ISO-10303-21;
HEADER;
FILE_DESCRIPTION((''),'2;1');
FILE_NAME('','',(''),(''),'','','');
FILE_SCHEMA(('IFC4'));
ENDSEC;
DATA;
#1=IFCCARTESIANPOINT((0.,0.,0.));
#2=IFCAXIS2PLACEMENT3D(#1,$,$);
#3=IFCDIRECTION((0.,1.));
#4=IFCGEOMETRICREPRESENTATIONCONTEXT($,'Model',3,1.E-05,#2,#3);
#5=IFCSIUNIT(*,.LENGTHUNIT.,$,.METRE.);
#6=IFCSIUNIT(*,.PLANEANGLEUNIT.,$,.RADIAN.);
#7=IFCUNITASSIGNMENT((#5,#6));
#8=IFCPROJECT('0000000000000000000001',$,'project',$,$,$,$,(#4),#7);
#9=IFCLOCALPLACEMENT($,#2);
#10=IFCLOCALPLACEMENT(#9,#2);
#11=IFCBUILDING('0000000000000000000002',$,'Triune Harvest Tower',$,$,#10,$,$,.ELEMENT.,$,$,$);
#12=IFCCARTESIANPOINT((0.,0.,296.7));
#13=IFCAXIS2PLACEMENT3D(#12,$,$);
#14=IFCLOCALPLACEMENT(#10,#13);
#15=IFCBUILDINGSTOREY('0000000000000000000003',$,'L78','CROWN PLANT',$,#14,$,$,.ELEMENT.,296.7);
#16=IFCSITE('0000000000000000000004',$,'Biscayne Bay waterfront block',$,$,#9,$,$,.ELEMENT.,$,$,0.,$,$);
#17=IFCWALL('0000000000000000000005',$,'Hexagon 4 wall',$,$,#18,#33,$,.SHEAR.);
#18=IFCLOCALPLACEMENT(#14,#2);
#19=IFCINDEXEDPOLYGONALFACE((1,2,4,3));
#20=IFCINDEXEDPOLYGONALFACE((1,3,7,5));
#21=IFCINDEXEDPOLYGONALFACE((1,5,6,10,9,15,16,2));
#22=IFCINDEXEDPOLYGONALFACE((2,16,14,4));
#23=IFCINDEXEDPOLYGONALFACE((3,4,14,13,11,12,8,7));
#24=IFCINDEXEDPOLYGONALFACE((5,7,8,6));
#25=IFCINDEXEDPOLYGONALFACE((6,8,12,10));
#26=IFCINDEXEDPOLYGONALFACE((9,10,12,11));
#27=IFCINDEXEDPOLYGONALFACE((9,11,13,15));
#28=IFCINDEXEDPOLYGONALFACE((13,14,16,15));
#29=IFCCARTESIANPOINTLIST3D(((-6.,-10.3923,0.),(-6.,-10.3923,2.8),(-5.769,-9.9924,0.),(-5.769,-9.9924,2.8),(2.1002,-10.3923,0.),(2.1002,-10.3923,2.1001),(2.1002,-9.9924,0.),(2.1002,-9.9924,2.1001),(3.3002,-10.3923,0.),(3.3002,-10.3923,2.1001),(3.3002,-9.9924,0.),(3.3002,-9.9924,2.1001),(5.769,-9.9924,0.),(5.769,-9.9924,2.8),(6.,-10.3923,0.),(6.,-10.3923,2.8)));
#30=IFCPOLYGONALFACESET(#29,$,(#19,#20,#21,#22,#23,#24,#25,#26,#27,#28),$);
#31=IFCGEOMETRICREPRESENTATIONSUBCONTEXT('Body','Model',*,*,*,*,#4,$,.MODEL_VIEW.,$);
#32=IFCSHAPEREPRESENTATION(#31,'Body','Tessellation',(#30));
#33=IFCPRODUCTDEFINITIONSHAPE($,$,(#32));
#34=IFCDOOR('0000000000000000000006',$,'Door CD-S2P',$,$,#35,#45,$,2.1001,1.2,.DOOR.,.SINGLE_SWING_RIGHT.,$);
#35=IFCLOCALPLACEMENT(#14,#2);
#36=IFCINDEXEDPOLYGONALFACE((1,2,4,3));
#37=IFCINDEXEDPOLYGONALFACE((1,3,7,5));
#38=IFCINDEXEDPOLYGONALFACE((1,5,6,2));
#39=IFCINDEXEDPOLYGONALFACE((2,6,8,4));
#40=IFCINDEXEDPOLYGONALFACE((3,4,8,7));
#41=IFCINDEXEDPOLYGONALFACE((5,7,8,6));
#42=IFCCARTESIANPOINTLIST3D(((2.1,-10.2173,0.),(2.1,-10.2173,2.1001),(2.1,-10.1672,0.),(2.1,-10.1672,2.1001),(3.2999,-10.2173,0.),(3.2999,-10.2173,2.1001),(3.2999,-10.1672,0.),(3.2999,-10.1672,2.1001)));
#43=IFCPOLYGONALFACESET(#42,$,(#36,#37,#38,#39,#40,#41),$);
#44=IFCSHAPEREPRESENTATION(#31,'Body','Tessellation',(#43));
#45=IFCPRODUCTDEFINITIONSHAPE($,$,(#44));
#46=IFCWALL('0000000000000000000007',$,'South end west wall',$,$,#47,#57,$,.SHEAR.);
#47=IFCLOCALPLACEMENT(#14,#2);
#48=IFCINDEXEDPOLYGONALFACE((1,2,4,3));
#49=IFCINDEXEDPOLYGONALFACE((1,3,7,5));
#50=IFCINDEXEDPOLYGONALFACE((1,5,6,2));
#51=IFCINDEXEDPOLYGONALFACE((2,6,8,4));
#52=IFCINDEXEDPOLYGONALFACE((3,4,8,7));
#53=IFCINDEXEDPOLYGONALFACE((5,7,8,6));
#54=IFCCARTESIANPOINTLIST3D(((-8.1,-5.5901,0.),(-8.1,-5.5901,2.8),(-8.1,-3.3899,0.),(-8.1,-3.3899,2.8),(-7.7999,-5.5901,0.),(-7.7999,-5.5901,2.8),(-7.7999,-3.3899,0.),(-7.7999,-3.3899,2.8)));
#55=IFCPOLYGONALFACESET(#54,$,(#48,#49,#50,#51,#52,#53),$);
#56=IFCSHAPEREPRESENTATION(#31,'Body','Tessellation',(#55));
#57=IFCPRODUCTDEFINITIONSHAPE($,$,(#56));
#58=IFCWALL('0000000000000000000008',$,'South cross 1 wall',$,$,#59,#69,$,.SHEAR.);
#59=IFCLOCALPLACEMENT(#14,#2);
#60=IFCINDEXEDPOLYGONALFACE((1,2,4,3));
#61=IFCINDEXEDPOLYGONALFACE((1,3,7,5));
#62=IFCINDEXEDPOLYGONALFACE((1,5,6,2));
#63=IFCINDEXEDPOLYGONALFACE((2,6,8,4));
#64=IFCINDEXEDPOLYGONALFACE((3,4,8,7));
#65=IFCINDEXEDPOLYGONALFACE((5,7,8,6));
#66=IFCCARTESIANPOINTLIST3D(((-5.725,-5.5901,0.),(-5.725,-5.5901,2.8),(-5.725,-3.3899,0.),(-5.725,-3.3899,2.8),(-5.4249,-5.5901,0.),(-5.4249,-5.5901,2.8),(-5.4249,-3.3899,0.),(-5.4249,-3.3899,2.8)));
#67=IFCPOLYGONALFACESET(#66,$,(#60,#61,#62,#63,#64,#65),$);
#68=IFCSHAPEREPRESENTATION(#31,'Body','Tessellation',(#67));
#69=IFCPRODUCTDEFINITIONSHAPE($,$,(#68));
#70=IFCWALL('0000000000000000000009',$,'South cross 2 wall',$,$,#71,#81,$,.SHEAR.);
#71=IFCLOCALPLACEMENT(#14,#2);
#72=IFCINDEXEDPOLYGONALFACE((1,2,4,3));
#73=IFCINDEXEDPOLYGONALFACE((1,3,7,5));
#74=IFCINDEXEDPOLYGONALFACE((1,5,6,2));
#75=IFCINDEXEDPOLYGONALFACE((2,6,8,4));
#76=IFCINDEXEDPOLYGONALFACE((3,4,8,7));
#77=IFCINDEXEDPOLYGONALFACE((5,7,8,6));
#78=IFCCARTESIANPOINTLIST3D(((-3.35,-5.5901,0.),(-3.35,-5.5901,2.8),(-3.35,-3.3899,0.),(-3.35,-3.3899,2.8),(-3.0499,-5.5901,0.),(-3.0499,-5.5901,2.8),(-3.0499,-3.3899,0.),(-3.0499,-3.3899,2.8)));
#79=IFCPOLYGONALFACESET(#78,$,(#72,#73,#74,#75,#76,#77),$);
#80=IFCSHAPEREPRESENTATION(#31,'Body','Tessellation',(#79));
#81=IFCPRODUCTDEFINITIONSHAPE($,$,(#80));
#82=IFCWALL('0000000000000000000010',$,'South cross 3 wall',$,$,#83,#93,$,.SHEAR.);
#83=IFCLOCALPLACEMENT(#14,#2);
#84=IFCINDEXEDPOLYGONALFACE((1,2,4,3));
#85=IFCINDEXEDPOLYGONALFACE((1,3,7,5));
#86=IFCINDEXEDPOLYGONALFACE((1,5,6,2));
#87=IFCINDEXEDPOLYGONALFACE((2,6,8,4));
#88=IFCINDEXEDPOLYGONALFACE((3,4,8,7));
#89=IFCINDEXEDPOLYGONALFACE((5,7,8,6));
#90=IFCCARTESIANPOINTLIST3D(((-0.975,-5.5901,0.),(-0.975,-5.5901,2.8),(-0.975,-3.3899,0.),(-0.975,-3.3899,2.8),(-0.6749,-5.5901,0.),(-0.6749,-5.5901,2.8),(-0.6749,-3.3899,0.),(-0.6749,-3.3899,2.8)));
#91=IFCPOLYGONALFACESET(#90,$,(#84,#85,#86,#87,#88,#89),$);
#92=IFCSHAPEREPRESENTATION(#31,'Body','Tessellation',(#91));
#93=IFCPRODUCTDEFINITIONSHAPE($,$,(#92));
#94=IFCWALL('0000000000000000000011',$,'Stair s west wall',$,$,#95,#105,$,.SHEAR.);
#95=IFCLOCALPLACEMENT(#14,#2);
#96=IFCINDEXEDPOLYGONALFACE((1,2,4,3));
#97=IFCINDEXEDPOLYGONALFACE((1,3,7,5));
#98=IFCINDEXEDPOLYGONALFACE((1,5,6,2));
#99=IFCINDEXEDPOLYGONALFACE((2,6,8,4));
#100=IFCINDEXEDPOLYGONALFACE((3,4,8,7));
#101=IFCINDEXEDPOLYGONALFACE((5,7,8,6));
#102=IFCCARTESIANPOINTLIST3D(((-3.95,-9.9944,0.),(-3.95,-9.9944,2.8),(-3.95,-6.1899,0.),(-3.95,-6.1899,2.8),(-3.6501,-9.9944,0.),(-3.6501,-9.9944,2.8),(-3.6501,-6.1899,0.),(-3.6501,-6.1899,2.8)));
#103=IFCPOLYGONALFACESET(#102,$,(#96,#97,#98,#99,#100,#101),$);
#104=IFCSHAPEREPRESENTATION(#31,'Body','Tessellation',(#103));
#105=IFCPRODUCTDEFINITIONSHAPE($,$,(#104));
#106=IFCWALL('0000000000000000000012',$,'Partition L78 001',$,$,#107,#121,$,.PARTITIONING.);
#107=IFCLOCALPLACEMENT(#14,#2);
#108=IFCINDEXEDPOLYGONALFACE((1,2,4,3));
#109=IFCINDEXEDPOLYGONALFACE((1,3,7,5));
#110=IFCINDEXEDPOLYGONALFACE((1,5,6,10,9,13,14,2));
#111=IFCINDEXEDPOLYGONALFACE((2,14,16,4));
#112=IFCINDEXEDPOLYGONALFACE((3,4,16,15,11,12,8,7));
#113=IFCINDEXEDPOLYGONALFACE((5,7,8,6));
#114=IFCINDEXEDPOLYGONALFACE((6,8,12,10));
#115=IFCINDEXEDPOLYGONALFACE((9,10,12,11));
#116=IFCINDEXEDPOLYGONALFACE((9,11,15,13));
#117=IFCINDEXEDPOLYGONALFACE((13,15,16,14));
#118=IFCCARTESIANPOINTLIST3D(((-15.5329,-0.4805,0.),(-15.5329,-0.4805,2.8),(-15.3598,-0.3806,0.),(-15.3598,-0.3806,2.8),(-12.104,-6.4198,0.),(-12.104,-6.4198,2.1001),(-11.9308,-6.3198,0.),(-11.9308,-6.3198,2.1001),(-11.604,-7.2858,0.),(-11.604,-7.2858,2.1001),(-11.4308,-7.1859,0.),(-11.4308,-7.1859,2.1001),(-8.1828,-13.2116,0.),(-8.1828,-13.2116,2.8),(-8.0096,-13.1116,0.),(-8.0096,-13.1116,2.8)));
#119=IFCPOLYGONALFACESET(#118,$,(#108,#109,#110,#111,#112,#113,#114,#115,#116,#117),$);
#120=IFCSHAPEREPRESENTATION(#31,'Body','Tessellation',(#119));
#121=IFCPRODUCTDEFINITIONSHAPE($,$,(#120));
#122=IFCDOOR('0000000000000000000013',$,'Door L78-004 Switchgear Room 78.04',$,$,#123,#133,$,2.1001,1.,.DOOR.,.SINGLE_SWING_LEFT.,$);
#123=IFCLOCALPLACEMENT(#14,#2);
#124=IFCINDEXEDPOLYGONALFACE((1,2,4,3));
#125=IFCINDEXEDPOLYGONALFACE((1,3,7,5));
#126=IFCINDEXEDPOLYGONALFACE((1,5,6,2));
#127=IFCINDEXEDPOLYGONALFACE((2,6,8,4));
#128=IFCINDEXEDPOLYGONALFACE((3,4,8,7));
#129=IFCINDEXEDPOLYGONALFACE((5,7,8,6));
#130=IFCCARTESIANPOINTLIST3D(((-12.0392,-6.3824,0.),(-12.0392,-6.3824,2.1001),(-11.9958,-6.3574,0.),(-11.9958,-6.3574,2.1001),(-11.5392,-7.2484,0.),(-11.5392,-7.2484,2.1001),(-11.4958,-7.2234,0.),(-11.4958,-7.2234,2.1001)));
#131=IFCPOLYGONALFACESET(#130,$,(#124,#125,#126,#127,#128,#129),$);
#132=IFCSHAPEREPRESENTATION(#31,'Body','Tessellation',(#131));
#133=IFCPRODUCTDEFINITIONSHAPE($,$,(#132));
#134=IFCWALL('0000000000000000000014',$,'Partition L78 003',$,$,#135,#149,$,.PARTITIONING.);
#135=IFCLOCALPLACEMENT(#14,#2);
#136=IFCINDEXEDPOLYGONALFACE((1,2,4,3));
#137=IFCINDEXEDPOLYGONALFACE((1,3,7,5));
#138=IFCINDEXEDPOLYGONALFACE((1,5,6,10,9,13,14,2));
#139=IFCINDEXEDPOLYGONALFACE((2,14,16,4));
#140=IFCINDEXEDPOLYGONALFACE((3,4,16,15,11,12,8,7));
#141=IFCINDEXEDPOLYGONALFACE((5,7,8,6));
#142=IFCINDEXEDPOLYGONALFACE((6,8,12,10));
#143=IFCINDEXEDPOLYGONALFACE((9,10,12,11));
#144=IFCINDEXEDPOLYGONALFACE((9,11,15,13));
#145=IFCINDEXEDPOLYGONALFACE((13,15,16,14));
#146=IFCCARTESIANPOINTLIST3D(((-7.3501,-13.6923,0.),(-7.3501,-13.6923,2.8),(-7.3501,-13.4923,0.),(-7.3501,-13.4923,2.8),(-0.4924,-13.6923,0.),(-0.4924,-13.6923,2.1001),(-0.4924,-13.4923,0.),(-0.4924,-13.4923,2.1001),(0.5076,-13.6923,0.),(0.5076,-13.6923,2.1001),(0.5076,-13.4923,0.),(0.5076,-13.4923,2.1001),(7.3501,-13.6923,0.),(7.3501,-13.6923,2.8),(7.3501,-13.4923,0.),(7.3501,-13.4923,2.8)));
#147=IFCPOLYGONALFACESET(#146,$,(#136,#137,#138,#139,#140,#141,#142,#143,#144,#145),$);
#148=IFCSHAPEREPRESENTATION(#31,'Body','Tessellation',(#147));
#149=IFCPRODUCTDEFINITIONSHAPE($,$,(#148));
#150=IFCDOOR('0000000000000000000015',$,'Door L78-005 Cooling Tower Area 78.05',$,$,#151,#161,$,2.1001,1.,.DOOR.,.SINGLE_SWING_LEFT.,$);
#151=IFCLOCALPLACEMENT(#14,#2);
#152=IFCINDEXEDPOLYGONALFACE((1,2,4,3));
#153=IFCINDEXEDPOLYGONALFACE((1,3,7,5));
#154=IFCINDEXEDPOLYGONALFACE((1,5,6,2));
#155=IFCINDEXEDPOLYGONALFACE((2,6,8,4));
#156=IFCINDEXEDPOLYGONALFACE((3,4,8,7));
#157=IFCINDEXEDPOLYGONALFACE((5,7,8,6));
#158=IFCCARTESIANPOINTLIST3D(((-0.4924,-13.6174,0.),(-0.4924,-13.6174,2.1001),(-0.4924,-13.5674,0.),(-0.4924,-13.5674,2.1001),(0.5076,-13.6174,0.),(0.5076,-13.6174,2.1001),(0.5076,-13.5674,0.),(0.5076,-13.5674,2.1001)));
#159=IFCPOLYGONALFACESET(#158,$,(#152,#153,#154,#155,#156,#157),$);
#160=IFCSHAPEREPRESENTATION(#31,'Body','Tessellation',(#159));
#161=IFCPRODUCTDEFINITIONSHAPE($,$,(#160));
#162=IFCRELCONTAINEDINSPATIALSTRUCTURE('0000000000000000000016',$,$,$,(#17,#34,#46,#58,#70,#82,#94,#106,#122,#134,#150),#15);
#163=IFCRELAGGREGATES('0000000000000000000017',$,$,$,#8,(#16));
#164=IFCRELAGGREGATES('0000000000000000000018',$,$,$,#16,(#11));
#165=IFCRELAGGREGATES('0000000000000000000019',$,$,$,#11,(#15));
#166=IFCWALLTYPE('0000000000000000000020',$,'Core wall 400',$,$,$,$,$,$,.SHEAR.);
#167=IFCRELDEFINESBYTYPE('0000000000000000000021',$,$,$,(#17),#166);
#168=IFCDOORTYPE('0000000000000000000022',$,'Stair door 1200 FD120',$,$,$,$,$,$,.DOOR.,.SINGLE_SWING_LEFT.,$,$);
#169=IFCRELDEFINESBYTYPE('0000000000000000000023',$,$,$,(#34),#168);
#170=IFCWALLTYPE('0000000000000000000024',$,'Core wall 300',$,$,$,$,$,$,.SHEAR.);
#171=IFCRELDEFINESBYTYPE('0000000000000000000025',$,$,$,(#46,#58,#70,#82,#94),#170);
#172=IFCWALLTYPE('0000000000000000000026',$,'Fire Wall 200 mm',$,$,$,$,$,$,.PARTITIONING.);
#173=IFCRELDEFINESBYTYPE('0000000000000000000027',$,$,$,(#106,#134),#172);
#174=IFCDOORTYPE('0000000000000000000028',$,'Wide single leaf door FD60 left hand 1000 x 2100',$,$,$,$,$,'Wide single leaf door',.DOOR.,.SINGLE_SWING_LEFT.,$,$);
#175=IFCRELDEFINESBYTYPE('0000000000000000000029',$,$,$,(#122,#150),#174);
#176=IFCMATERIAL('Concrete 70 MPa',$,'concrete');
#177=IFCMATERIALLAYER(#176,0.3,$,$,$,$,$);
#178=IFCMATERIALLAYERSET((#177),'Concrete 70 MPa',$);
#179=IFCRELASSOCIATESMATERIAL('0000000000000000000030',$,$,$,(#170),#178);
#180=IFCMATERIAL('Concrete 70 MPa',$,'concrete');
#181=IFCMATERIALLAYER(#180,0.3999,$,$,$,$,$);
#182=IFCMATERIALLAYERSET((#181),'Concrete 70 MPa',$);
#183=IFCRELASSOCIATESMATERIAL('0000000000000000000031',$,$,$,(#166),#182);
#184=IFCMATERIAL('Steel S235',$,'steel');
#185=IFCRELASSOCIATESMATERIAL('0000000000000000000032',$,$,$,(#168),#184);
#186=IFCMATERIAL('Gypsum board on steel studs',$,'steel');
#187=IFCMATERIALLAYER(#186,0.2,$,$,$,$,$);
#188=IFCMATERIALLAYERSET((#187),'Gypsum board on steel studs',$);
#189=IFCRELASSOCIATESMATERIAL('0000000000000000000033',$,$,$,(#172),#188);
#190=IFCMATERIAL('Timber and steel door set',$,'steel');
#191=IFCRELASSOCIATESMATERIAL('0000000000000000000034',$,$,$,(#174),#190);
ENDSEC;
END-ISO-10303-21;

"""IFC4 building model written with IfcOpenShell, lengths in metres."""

from ifc_helpers import new_model, si_unit, direction, frame, frame_2d, origin, place, context, subcontext, project, spatial, polyline, rectangle, outline, extrude, source, transform, mapped, material, layer, layer_set, type_object, element, fill, save


model = new_model("IFC4")

# Units and contexts
model_context = context("Model", 3, precision=1e-05, world=origin(), true_north=direction((0.0, 1.0)))
body_context = subcontext(model_context, "Body", "Model", "MODEL_VIEW")
ifc_project = project(units=[si_unit("LENGTHUNIT", "METRE"), si_unit("PLANEANGLEUNIT", "RADIAN")], contexts=[model_context])

# Site, building, storey
site_placement = place(None, origin())
site = spatial("IfcSite", under=ifc_project, at=site_placement, Name="Biscayne Bay waterfront block", CompositionType="ELEMENT", RefElevation=0.0)
building_placement = place(site_placement, origin())
building = spatial("IfcBuilding", under=site, at=building_placement, Name="Triune Harvest Tower", CompositionType="ELEMENT")
storey_placement = place(building_placement, frame((0.0, 0.0, 296.7)))
storey = spatial("IfcBuildingStorey", under=building, at=storey_placement, Name="L78", Description="CROWN PLANT", CompositionType="ELEMENT", Elevation=296.7)

# Shared definitions
ifc_material_1 = material(Name="Concrete 70 MPa", Category="concrete")
ifc_layer_1 = layer(ifc_material_1, 0.3)
ifc_layer_set_1 = layer_set([ifc_layer_1], Name="Concrete 70 MPa")
wall_type_1 = type_object("IfcWallType", Name="Core wall 300", PredefinedType="SHEAR", material=ifc_layer_set_1)

# Wall, opening, door
ifc_material_2 = material(Name="Concrete 70 MPa", Category="concrete")
ifc_layer_2 = layer(ifc_material_2, 0.3999)
ifc_layer_set_2 = layer_set([ifc_layer_2], Name="Concrete 70 MPa")
wall_type_2 = type_object("IfcWallType", Name="Core wall 400", PredefinedType="SHEAR", material=ifc_layer_set_2)
shared_shape_1 = source(origin(), body_context, "Body", "SweptSolid", [
    extrude(outline(polyline([(-0.1155, -0.2), (11.8845, -0.2), (11.6536, 0.2), (0.1155, 0.2), (-0.1155, -0.2)])), origin(), (0.0, 0.0, 1.0), 2.8),
])
wall_1_placement = place(storey_placement, frame((-5.8845, -10.1924, 0.0), z_axis=(0.0, 0.0, 1.0), x_axis=(1.0, 0.0, 0.0)))
wall_1 = element("IfcWall", 1, at=wall_1_placement, inside=storey, type_object=wall_type_2, Name="Hexagon 4 wall", PredefinedType="SHEAR", context=body_context, shape_type="MappedRepresentation", body=[
    mapped(shared_shape_1, transform((0.0, 0.0, 0.0), scale=1.0)),
])
opening_1_placement = place(wall_1_placement, frame((7.9846, 0.0, 0.0)))
opening_1 = element("IfcOpeningElement", 2, at=opening_1_placement, cuts=wall_1, PredefinedType="OPENING", context=body_context, shape_type="SweptSolid", body=[
    extrude(rectangle(XDim=1.2, YDim=2.1001, at=frame_2d((0.6001, 1.05))), frame((0.0, 0.21, 0.0), z_axis=(0.0, -1.0, 0.0), x_axis=(1.0, 0.0, 0.0)), (0.0, 0.0, 1.0), 0.4199),
])
ifc_material_3 = material(Name="Steel S235", Category="steel")
door_type_1 = type_object("IfcDoorType", Name="Stair door 1200 FD120", OperationType="SINGLE_SWING_LEFT", PredefinedType="DOOR", material=ifc_material_3)
door_1_placement = place(opening_1_placement, frame((1.2, 0.0, 0.0), z_axis=(0.0, 0.0, 1.0), x_axis=(-1.0, 0.0, 0.0)))
door_1 = element("IfcDoor", 3, at=door_1_placement, inside=storey, type_object=door_type_1, Name="Door CD-S2P", OperationType="SINGLE_SWING_RIGHT", OverallHeight=2.1001, OverallWidth=1.2, PredefinedType="DOOR", context=body_context, shape_type="SweptSolid", body=[
    extrude(rectangle(XDim=1.2, YDim=2.1001, at=frame_2d((0.6001, 1.05))), frame((0.0, 0.0249, 0.0), z_axis=(0.0, -1.0, 0.0), x_axis=(1.0, 0.0, 0.0)), (0.0, 0.0, 1.0), 0.05),
])
fill(opening_1, door_1)

# Walls
shared_shape_2 = source(origin(), body_context, "Body", "SweptSolid", [
    extrude(rectangle(XDim=2.2002, YDim=0.3, at=frame_2d((1.1001, 0.0))), origin(), (0.0, 0.0, 1.0), 2.8),
])
for number, where, z_axis, x_axis, name in (
    (4, (-7.95, -5.5901, 0.0), (0.0, 0.0, 1.0), (0.0, 1.0, 0.0), "South end west wall"),
    (5, (-5.575, -5.5901, 0.0), (0.0, 0.0, 1.0), (0.0, 1.0, 0.0), "South cross 1 wall"),
    (6, (-3.2, -5.5901, 0.0), (0.0, 0.0, 1.0), (0.0, 1.0, 0.0), "South cross 2 wall"),
    (7, (-0.825, -5.5901, 0.0), (0.0, 0.0, 1.0), (0.0, 1.0, 0.0), "South cross 3 wall"),
):
    element("IfcWall", number, at=place(storey_placement, frame(where, z_axis=z_axis, x_axis=x_axis)), inside=storey, type_object=wall_type_1, Name=name, PredefinedType="SHEAR", context=body_context, shape_type="MappedRepresentation", body=[
        mapped(shared_shape_2, transform((0.0, 0.0, 0.0), scale=1.0)),
    ])
shared_shape_3 = source(origin(), body_context, "Body", "SweptSolid", [
    extrude(outline(polyline([(3.8, -0.1499), (-0.0044, -0.1499), (-0.0044, 0.1499), (3.8, 0.1499), (3.8, -0.1499)])), origin(), (0.0, 0.0, 1.0), 2.8),
])
wall_2_placement = place(storey_placement, frame((-3.8, -9.99, 0.0), z_axis=(0.0, 0.0, 1.0), x_axis=(0.0, 1.0, 0.0)))
element("IfcWall", 8, at=wall_2_placement, inside=storey, type_object=wall_type_1, Name="Stair s west wall", PredefinedType="SHEAR", context=body_context, shape_type="MappedRepresentation", body=[
    mapped(shared_shape_3, transform((0.0, 0.0, 0.0), scale=1.0)),
])

# Walls, openings, doors
ifc_material_4 = material(Name="Gypsum board on steel studs", Category="steel")
ifc_layer_3 = layer(ifc_material_4, 0.2)
ifc_layer_set_3 = layer_set([ifc_layer_3], Name="Gypsum board on steel studs")
wall_type_3 = type_object("IfcWallType", Name="Fire Wall 200 mm", PredefinedType="PARTITIONING", material=ifc_layer_set_3)
shared_shape_4 = source(origin(), body_context, "Body", "SweptSolid", [
    extrude(rectangle(XDim=14.7004, YDim=0.2, at=frame_2d((7.3501, 0.0))), origin(), (0.0, 0.0, 1.0), 2.8),
])
wall_3_placement = place(storey_placement, frame((-15.4463, -0.4307, 0.0), z_axis=(0.0, 0.0, 1.0), x_axis=(0.499994, -0.866029, 0.0)))
wall_3 = element("IfcWall", 9, at=wall_3_placement, inside=storey, type_object=wall_type_3, Name="Partition L78 001", PredefinedType="PARTITIONING", context=body_context, shape_type="MappedRepresentation", body=[
    mapped(shared_shape_4, transform((0.0, 0.0, 0.0), scale=1.0)),
])
opening_2_placement = place(wall_3_placement, frame((6.8579, 0.0, 0.0)))
opening_2 = element("IfcOpeningElement", 10, at=opening_2_placement, cuts=wall_3, PredefinedType="OPENING", context=body_context, shape_type="SweptSolid", body=[
    extrude(rectangle(XDim=1.0, YDim=2.1001, at=frame_2d((0.5, 1.05))), frame((0.0, 0.1099, 0.0), z_axis=(0.0, -1.0, 0.0), x_axis=(1.0, 0.0, 0.0)), (0.0, 0.0, 1.0), 0.22),
])
ifc_material_5 = material(Name="Timber and steel door set", Category="steel")
door_type_2 = type_object("IfcDoorType", Name="Wide single leaf door FD60 left hand 1000 x 2100", ElementType="Wide single leaf door", OperationType="SINGLE_SWING_LEFT", PredefinedType="DOOR", material=ifc_material_5)
door_2_placement = place(opening_2_placement, origin())
door_2 = element("IfcDoor", 11, at=door_2_placement, inside=storey, type_object=door_type_2, Name="Door L78-004 Switchgear Room 78.04", OperationType="SINGLE_SWING_LEFT", OverallHeight=2.1001, OverallWidth=1.0, PredefinedType="DOOR", context=body_context, shape_type="SweptSolid", body=[
    extrude(rectangle(XDim=1.0, YDim=2.1001, at=frame_2d((0.5, 1.05))), frame((0.0, 0.0249, 0.0), z_axis=(0.0, -1.0, 0.0), x_axis=(1.0, 0.0, 0.0)), (0.0, 0.0, 1.0), 0.05),
])
fill(opening_2, door_2)
shared_shape_5 = source(origin(), body_context, "Body", "SweptSolid", [
    extrude(rectangle(XDim=14.7002, YDim=0.2, at=frame_2d((7.3501, 0.0))), origin(), (0.0, 0.0, 1.0), 2.8),
])
wall_4_placement = place(storey_placement, frame((-7.3501, -13.5923, 0.0), z_axis=(0.0, 0.0, 1.0), x_axis=(1.0, 0.0, 0.0)))
wall_4 = element("IfcWall", 12, at=wall_4_placement, inside=storey, type_object=wall_type_3, Name="Partition L78 003", PredefinedType="PARTITIONING", context=body_context, shape_type="MappedRepresentation", body=[
    mapped(shared_shape_5, transform((0.0, 0.0, 0.0), scale=1.0)),
])
opening_3_placement = place(wall_4_placement, frame((6.8577, 0.0, 0.0)))
opening_3 = element("IfcOpeningElement", 13, at=opening_3_placement, cuts=wall_4, PredefinedType="OPENING", context=body_context, shape_type="SweptSolid", body=[
    extrude(rectangle(XDim=1.0, YDim=2.1001, at=frame_2d((0.5, 1.05))), frame((0.0, 0.1099, 0.0), z_axis=(0.0, -1.0, 0.0), x_axis=(1.0, 0.0, 0.0)), (0.0, 0.0, 1.0), 0.22),
])
door_3_placement = place(opening_3_placement, origin())
door_3 = element("IfcDoor", 14, at=door_3_placement, inside=storey, type_object=door_type_2, Name="Door L78-005 Cooling Tower Area 78.05", OperationType="SINGLE_SWING_LEFT", OverallHeight=2.1001, OverallWidth=1.0, PredefinedType="DOOR", context=body_context, shape_type="SweptSolid", body=[
    extrude(rectangle(XDim=1.0, YDim=2.1001, at=frame_2d((0.5, 1.05))), frame((0.0, 0.0249, 0.0), z_axis=(0.0, -1.0, 0.0), x_axis=(1.0, 0.0, 0.0)), (0.0, 0.0, 1.0), 0.05),
])
fill(opening_3, door_3)

save(model, "model.ifc")
